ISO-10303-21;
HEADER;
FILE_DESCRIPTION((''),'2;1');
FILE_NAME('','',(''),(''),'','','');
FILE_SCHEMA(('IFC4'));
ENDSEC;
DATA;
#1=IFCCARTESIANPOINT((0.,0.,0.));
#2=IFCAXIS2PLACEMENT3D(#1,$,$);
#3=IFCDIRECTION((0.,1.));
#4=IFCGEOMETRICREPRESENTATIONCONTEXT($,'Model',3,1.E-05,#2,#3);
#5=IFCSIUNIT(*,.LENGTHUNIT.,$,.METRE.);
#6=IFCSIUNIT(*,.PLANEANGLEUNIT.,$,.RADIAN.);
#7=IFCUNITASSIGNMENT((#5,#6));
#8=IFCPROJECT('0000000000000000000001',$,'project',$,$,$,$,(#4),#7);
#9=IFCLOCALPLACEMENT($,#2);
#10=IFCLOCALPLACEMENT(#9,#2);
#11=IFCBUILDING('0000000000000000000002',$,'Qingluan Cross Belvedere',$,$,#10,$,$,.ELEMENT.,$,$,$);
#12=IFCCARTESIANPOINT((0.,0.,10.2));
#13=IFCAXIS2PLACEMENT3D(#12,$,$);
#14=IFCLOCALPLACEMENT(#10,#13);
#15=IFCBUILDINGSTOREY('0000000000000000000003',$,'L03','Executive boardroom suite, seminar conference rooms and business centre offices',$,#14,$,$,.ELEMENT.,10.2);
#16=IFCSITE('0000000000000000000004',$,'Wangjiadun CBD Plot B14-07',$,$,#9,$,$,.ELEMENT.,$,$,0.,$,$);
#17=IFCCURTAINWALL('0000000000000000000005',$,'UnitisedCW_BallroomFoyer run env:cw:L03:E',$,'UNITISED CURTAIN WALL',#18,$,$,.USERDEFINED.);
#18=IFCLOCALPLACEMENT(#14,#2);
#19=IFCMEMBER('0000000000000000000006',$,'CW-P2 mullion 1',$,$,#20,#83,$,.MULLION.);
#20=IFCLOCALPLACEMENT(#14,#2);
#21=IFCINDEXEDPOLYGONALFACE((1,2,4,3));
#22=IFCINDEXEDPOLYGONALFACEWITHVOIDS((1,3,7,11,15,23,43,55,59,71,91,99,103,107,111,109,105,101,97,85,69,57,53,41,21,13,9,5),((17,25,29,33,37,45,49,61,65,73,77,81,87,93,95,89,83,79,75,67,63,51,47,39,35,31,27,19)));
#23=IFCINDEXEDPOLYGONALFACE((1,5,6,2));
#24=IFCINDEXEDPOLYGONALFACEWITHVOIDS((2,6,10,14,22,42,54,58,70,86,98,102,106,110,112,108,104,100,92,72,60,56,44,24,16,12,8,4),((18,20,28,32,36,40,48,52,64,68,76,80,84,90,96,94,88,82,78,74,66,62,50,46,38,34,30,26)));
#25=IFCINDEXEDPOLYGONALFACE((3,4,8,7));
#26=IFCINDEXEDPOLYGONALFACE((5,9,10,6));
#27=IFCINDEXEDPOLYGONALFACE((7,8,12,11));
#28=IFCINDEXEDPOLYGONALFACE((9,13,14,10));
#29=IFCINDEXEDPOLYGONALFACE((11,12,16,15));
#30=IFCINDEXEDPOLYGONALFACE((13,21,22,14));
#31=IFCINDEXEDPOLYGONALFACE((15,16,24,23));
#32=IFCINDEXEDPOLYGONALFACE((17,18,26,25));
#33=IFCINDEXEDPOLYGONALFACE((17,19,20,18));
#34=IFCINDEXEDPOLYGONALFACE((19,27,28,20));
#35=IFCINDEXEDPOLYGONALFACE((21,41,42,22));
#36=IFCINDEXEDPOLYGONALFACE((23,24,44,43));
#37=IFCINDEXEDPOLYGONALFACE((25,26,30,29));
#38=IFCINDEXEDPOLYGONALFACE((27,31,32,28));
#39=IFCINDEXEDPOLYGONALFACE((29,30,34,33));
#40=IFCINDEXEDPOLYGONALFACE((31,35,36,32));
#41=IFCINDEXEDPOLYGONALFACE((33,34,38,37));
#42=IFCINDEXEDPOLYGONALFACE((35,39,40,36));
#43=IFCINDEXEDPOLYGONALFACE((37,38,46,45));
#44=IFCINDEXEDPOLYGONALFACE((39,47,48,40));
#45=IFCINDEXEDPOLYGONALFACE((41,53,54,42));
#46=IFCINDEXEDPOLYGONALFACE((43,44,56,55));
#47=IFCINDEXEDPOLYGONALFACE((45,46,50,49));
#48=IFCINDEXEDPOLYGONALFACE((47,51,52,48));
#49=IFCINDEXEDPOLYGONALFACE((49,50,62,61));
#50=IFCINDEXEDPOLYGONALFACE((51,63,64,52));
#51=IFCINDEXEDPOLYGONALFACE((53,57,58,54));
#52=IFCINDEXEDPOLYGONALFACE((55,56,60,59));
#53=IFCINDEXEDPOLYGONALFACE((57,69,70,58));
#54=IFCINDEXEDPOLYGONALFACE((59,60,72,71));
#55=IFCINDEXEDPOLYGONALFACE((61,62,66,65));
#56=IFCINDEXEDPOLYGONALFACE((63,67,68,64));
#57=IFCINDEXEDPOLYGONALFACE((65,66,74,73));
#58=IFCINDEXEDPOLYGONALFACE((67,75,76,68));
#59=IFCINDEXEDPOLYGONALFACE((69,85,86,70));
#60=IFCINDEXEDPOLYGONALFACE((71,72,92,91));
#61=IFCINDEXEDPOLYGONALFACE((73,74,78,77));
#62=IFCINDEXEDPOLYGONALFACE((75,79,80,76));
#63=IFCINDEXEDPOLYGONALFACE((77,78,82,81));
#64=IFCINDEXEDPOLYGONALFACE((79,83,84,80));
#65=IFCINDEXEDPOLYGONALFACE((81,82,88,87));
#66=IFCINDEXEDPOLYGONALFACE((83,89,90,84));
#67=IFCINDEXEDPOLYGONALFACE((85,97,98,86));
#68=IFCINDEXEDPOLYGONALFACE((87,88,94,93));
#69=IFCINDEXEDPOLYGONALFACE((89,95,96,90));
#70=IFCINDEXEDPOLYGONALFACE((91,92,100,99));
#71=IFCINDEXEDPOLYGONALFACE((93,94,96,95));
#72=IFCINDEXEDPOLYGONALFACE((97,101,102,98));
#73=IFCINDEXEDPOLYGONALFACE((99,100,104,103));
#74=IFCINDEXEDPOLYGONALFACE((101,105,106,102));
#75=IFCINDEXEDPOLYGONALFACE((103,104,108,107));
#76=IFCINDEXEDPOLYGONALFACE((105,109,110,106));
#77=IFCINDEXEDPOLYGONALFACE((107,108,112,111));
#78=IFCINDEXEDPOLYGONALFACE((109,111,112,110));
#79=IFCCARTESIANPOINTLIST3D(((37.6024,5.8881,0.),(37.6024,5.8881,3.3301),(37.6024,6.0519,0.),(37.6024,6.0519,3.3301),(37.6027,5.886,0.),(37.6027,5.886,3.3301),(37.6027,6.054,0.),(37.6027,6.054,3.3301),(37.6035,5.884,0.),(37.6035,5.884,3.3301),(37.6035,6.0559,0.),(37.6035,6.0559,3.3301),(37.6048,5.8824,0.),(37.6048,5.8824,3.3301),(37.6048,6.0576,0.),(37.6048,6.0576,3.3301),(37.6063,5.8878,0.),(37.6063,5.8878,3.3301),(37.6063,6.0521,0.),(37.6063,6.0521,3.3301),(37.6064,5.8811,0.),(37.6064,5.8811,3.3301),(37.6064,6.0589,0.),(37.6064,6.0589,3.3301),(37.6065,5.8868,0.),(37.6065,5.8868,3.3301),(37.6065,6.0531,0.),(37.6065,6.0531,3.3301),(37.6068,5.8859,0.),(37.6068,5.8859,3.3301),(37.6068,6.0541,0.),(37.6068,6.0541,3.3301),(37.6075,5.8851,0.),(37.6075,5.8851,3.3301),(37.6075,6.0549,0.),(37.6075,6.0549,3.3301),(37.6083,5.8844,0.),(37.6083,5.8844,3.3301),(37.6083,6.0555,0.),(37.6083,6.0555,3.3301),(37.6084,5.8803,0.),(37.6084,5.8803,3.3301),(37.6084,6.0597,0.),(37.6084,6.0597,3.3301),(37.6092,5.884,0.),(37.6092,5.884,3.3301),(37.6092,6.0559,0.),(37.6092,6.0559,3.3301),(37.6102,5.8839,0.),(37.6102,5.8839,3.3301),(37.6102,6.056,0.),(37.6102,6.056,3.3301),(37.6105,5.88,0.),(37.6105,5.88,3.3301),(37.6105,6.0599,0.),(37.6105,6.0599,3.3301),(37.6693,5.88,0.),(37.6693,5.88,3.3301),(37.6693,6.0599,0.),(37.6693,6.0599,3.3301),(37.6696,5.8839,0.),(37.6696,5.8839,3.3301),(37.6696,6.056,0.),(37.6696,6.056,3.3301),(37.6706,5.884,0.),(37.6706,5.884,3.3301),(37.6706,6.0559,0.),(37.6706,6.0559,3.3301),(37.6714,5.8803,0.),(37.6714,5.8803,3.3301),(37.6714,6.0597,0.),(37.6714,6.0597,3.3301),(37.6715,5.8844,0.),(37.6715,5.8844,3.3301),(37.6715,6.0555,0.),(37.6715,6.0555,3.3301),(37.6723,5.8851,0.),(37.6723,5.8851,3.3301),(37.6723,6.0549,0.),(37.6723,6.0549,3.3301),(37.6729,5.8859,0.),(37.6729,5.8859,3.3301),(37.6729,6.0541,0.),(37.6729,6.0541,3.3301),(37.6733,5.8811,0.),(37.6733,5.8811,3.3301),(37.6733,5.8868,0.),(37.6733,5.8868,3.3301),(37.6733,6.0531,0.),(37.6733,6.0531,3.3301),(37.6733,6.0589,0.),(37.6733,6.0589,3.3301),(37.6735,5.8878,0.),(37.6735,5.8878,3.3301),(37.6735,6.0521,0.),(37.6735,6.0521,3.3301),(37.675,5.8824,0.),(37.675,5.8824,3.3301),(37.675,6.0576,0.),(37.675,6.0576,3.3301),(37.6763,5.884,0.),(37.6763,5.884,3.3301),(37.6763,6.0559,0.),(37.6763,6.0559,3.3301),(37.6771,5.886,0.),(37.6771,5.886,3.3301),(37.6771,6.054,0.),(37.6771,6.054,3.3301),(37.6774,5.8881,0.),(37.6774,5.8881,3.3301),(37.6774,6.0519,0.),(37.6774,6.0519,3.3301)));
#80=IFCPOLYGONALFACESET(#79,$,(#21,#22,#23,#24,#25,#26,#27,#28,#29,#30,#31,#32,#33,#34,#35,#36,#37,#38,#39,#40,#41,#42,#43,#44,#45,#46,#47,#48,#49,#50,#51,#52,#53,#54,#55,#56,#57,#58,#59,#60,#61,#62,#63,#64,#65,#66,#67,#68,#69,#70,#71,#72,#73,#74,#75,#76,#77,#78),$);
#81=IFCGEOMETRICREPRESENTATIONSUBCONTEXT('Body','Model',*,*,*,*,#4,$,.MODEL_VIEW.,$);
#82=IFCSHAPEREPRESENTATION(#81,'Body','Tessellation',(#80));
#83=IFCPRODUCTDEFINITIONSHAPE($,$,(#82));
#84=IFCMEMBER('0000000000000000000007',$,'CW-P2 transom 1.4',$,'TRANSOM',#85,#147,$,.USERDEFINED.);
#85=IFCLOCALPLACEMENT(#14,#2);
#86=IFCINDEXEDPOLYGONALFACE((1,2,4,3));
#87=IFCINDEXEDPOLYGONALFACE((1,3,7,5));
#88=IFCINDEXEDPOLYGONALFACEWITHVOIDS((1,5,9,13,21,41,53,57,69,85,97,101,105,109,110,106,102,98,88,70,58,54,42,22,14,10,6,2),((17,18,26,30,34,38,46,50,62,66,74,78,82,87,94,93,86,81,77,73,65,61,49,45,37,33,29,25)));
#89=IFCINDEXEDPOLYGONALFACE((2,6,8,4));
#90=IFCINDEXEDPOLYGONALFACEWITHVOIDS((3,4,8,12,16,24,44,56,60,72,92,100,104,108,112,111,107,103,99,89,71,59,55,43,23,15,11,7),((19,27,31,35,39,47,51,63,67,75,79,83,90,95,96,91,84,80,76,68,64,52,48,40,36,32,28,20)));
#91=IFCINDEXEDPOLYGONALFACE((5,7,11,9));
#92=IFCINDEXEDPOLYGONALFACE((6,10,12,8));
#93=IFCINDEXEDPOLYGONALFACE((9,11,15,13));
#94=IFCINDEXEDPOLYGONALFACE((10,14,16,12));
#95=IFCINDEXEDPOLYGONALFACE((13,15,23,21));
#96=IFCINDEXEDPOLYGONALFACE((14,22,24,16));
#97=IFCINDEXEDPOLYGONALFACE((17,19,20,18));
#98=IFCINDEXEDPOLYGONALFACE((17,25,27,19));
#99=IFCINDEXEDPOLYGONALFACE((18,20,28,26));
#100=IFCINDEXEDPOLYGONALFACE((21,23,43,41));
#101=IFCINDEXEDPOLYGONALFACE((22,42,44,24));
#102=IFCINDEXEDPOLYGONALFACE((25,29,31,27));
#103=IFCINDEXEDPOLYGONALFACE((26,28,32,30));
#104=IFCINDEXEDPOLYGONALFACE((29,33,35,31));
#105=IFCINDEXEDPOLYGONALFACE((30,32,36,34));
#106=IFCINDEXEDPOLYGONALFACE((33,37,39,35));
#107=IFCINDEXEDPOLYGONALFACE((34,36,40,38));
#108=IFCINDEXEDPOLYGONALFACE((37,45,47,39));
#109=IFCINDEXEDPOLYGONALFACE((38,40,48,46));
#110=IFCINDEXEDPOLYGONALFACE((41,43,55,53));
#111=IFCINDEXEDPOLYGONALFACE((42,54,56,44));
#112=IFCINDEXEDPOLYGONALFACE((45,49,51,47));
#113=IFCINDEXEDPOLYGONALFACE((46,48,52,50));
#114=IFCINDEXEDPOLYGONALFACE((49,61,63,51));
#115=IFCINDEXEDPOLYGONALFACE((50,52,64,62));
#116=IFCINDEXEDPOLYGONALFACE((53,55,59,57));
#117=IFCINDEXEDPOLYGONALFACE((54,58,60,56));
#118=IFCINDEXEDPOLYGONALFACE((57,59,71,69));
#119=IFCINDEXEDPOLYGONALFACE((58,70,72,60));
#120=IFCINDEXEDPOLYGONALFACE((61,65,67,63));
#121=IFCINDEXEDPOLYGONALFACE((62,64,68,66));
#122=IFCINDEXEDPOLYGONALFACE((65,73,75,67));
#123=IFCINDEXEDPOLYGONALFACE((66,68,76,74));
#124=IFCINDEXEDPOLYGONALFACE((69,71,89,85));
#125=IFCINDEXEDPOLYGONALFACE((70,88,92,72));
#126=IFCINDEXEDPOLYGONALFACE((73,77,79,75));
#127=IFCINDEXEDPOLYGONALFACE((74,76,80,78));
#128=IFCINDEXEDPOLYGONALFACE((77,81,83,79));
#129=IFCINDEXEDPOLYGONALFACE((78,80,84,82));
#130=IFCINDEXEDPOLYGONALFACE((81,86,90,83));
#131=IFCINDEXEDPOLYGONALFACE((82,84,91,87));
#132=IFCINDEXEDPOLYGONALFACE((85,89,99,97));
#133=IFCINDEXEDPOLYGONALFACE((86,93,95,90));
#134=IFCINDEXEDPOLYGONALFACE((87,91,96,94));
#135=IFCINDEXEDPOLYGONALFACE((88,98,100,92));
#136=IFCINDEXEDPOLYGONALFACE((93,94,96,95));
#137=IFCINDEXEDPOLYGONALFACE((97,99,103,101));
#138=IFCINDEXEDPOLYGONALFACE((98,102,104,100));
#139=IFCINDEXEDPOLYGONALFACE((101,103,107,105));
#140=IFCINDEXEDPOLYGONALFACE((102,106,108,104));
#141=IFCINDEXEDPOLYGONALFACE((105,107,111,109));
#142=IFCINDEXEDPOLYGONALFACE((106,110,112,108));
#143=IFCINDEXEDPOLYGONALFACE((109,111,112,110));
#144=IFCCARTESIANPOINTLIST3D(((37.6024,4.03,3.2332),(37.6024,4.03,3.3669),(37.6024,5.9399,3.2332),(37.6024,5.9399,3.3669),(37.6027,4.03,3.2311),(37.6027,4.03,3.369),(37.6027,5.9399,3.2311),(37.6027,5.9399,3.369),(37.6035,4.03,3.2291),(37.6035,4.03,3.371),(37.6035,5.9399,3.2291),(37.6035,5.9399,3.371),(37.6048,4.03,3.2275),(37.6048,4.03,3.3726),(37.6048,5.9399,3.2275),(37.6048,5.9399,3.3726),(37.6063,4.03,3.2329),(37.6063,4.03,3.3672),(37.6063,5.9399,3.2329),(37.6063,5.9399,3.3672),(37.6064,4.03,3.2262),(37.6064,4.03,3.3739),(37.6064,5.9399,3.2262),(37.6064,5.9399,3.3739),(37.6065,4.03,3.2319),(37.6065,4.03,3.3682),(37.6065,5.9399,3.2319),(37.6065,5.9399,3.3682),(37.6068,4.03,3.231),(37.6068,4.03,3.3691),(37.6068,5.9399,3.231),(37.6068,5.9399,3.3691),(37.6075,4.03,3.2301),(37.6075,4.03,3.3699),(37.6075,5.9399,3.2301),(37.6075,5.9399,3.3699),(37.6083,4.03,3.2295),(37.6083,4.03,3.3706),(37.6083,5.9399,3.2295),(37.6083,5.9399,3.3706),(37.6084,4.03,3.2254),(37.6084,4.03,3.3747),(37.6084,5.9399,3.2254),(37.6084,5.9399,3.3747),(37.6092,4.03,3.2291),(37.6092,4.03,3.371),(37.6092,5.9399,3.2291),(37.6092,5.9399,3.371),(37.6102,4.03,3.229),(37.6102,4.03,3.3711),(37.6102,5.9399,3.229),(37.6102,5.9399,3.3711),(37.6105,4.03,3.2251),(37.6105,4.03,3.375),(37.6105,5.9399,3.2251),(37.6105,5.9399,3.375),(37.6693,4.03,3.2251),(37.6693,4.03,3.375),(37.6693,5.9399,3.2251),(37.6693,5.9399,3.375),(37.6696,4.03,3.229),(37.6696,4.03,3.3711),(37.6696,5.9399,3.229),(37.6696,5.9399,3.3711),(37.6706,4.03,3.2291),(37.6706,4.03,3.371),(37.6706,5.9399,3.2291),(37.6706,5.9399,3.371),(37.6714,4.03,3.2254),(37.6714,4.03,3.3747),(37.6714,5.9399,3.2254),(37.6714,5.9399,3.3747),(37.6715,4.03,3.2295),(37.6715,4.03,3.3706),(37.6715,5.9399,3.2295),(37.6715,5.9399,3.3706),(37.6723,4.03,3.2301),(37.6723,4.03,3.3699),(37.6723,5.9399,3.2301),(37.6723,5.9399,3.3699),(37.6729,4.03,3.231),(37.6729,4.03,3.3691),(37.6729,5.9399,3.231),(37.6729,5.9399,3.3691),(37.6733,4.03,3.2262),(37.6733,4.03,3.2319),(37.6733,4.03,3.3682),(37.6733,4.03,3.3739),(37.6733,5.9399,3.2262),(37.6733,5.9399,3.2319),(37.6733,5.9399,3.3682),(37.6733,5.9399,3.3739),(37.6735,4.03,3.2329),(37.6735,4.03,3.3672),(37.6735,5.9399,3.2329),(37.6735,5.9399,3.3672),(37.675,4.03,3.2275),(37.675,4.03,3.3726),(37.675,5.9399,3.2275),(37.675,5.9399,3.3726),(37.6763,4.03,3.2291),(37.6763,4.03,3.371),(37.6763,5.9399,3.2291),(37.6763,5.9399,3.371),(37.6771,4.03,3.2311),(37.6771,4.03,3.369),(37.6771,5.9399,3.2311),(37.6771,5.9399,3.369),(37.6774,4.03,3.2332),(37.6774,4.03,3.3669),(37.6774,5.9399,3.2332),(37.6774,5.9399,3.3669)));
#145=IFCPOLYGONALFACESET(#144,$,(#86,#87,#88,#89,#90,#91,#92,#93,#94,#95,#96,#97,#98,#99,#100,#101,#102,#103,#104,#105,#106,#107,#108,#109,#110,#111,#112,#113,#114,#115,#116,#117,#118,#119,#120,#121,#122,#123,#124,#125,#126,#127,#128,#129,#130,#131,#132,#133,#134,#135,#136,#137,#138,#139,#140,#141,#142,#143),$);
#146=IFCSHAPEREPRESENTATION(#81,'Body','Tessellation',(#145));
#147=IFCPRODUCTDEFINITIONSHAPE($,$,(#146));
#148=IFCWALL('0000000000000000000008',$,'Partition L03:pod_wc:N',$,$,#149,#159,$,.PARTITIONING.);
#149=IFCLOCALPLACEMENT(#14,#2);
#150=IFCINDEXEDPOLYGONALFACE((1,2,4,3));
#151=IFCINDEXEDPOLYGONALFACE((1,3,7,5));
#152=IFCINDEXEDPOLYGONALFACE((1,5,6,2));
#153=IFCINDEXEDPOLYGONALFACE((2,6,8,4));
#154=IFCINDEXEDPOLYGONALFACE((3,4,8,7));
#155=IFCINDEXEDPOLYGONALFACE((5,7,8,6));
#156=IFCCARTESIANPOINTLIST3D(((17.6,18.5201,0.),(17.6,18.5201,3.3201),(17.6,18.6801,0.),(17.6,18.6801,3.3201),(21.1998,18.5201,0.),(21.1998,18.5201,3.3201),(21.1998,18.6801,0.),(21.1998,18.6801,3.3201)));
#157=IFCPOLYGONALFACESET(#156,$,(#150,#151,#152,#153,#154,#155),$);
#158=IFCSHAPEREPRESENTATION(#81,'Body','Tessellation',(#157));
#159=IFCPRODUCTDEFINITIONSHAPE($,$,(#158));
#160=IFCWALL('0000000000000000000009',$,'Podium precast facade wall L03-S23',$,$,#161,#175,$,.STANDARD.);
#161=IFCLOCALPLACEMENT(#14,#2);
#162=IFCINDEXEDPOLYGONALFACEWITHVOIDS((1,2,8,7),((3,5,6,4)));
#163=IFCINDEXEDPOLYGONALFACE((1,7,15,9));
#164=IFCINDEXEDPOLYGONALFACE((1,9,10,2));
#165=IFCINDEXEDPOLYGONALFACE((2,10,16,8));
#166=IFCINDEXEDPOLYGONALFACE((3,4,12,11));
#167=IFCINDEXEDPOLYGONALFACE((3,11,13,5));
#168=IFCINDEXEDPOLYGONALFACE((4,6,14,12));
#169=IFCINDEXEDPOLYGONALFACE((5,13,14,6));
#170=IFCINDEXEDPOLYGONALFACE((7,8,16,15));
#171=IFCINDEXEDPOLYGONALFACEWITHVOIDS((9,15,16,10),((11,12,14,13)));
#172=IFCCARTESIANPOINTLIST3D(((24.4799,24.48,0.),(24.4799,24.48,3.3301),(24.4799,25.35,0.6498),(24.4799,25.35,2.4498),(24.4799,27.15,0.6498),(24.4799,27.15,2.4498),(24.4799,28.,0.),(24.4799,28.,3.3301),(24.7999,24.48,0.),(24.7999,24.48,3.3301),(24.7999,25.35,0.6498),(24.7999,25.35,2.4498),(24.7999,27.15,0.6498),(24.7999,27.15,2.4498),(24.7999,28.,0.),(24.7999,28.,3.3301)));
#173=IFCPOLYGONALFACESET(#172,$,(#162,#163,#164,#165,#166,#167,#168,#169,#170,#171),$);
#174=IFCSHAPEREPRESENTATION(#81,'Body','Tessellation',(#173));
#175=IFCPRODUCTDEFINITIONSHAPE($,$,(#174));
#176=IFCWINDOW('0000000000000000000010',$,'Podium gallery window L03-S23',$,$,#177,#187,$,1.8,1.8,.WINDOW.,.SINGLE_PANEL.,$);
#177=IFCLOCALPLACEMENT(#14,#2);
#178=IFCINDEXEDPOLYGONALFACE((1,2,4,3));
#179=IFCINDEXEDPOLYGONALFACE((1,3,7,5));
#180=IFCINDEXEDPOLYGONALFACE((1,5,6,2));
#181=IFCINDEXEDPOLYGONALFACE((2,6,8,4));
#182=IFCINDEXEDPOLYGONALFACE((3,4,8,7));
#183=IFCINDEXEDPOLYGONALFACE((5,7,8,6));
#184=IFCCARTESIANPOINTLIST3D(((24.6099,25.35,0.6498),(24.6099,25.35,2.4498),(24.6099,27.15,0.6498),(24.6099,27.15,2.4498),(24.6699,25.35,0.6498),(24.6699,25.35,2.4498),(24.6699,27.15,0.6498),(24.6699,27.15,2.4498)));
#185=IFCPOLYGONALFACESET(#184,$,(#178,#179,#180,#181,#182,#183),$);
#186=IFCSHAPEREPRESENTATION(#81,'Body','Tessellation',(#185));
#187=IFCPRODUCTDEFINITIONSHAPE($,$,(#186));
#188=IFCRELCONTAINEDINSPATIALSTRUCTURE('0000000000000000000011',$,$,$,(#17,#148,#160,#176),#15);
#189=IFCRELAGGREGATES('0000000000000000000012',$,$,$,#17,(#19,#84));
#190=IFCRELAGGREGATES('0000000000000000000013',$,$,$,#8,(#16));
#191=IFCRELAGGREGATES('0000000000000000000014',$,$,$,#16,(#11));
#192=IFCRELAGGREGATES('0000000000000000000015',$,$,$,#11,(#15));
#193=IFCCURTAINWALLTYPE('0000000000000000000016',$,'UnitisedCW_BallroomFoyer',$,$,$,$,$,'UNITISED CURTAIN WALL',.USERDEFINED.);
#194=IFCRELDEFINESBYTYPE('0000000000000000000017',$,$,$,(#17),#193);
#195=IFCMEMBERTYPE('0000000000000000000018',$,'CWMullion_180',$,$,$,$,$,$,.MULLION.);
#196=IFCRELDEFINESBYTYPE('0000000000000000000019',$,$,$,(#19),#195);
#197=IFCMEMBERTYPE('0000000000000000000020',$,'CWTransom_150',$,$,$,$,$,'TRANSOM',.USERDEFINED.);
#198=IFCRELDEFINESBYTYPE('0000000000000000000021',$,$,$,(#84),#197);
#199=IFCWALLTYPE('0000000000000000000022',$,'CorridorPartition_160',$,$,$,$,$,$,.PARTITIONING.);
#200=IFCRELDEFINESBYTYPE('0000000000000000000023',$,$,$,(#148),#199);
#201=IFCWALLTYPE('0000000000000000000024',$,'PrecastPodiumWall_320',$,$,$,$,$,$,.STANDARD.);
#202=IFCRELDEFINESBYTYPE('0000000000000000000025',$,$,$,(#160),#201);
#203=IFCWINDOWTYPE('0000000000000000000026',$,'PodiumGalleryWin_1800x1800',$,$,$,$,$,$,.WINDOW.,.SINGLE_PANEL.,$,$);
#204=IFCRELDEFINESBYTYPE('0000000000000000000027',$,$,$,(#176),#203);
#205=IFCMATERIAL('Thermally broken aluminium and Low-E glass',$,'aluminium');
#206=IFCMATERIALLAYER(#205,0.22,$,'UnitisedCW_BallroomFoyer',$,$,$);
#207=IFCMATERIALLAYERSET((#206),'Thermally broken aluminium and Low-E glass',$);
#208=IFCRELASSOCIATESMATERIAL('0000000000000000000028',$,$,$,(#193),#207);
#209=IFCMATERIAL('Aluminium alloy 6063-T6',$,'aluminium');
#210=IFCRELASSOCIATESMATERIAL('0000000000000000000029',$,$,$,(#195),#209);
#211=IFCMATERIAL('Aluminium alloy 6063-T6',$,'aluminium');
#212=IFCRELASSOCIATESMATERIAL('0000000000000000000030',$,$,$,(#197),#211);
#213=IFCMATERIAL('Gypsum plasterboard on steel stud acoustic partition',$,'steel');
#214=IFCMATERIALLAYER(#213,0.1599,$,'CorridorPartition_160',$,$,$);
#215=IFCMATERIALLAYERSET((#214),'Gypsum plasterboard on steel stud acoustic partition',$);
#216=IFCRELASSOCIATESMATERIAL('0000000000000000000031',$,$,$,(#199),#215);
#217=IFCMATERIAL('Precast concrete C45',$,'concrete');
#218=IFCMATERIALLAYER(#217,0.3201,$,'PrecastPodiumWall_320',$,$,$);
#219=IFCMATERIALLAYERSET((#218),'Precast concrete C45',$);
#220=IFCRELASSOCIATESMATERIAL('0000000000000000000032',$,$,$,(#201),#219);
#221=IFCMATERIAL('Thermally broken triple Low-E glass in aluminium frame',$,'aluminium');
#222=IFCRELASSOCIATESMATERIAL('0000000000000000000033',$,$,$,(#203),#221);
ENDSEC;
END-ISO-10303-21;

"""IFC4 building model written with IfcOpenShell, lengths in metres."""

from ifc_helpers import new_model, si_unit, direction, frame, frame_2d, origin, origin_2d, place, context, subcontext, project, spatial, rectangle, hollow_rectangle, extrude, material, layer, layer_set, material_profile, profile_set, type_object, element, fill, aggregate, save


model = new_model("IFC4")

# Units and contexts
model_context = context("Model", 3, precision=1e-05, world=origin(), true_north=direction((0.0, 1.0)))
body_context = subcontext(model_context, "Body", "Model", "MODEL_VIEW")
ifc_project = project(units=[si_unit("LENGTHUNIT", "METRE"), si_unit("PLANEANGLEUNIT", "RADIAN")], contexts=[model_context])

# Site, building, storey
site_placement = place(None, origin())
site = spatial("IfcSite", under=ifc_project, at=site_placement, Name="Wangjiadun CBD Plot B14-07", CompositionType="ELEMENT", RefElevation=0.0)
building_placement = place(site_placement, origin())
building = spatial("IfcBuilding", under=site, at=building_placement, Name="Qingluan Cross Belvedere", CompositionType="ELEMENT")
storey_placement = place(building_placement, frame((0.0, 0.0, 10.2)))
storey = spatial("IfcBuildingStorey", under=building, at=storey_placement, Name="L03", Description="Executive boardroom suite, seminar conference rooms and business centre offices", CompositionType="ELEMENT", Elevation=10.2)

# Curtain wall, members
ifc_material_1 = material(Name="Thermally broken aluminium and Low-E glass", Category="aluminium")
ifc_layer_1 = layer(ifc_material_1, 0.22, Name="UnitisedCW_BallroomFoyer")
ifc_layer_set_1 = layer_set([ifc_layer_1], Name="Thermally broken aluminium and Low-E glass")
curtain_wall_type = type_object("IfcCurtainWallType", Name="UnitisedCW_BallroomFoyer", ElementType="UNITISED CURTAIN WALL", PredefinedType="USERDEFINED", material=ifc_layer_set_1)
curtain_wall_placement = place(storey_placement, origin())
curtain_wall = element("IfcCurtainWall", 1, at=curtain_wall_placement, inside=storey, type_object=curtain_wall_type, Name="UnitisedCW_BallroomFoyer run env:cw:L03:E", ObjectType="UNITISED CURTAIN WALL", PredefinedType="USERDEFINED")
ifc_material_2 = material(Name="Aluminium alloy 6063-T6", Category="aluminium")
ifc_material_profile_1 = material_profile(ifc_material_2, hollow_rectangle(XDim=0.075, YDim=0.1799, WallThickness=0.0039, InnerFilletRadius=0.0039, OuterFilletRadius=0.0081, at=origin_2d()), Name="CWM180x75x4")
ifc_profile_set_1 = profile_set([ifc_material_profile_1], Name="Aluminium alloy 6063-T6")
member_type_1 = type_object("IfcMemberType", Name="CWMullion_180", PredefinedType="MULLION", material=ifc_profile_set_1)
member_1_placement = place(storey_placement, frame((37.6399, 5.97, 0.0), z_axis=(0.0, 0.0, 1.0), x_axis=(1.0, 0.0, 0.0)))
member_1 = element("IfcMember", 2, at=member_1_placement, type_object=member_type_1, Name="CW-P2 mullion 1", PredefinedType="MULLION", context=body_context, shape_type="SweptSolid", body=[
    extrude(hollow_rectangle(XDim=0.075, YDim=0.1799, WallThickness=0.0039, InnerFilletRadius=0.0039, OuterFilletRadius=0.0081, at=origin_2d()), origin(), (0.0, 0.0, 1.0), 3.3301),
])
ifc_material_3 = material(Name="Aluminium alloy 6063-T6", Category="aluminium")
ifc_material_profile_2 = material_profile(ifc_material_3, hollow_rectangle(XDim=0.075, YDim=0.1499, WallThickness=0.0039, InnerFilletRadius=0.0039, OuterFilletRadius=0.0081, at=origin_2d()), Name="CWT150x75x4")
ifc_profile_set_2 = profile_set([ifc_material_profile_2], Name="Aluminium alloy 6063-T6")
member_type_2 = type_object("IfcMemberType", Name="CWTransom_150", ElementType="TRANSOM", PredefinedType="USERDEFINED", material=ifc_profile_set_2)
member_2_placement = place(storey_placement, frame((37.6399, 5.9399, 3.3), z_axis=(0.0, -1.0, 0.0), x_axis=(1.0, 0.0, 0.0)))
member_2 = element("IfcMember", 3, at=member_2_placement, type_object=member_type_2, Name="CW-P2 transom 1.4", ObjectType="TRANSOM", PredefinedType="USERDEFINED", context=body_context, shape_type="SweptSolid", body=[
    extrude(hollow_rectangle(XDim=0.075, YDim=0.1499, WallThickness=0.0039, InnerFilletRadius=0.0039, OuterFilletRadius=0.0081, at=origin_2d()), origin(), (0.0, 0.0, 1.0), 1.9099),
])
aggregate(curtain_wall, [member_1, member_2])

# Shared definitions
ifc_material_4 = material(Name="Gypsum plasterboard on steel stud acoustic partition", Category="steel")
ifc_layer_2 = layer(ifc_material_4, 0.1599, Name="CorridorPartition_160")
ifc_layer_set_2 = layer_set([ifc_layer_2], Name="Gypsum plasterboard on steel stud acoustic partition")
wall_type_1 = type_object("IfcWallType", Name="CorridorPartition_160", PredefinedType="PARTITIONING", material=ifc_layer_set_2)

# Wall
wall_1_placement = place(storey_placement, frame((17.6001, 18.6001, 0.0), z_axis=(0.0, 0.0, 1.0), x_axis=(1.0, 0.0, 0.0)))
element("IfcWall", 4, at=wall_1_placement, inside=storey, type_object=wall_type_1, Name="Partition L03:pod_wc:N", PredefinedType="PARTITIONING", context=body_context, shape_type="SweptSolid", body=[
    extrude(rectangle(XDim=3.5999, YDim=0.1599, at=frame_2d((1.7998, 0.0))), origin(), (0.0, 0.0, 1.0), 3.3201),
])

# Wall, opening, window
ifc_material_5 = material(Name="Precast concrete C45", Category="concrete")
ifc_layer_3 = layer(ifc_material_5, 0.3201, Name="PrecastPodiumWall_320")
ifc_layer_set_3 = layer_set([ifc_layer_3], Name="Precast concrete C45")
wall_type_2 = type_object("IfcWallType", Name="PrecastPodiumWall_320", PredefinedType="STANDARD", material=ifc_layer_set_3)
wall_2_placement = place(storey_placement, frame((24.6399, 28.0, 0.0), z_axis=(0.0, 0.0, 1.0), x_axis=(0.0, -1.0, 0.0)))
wall_2 = element("IfcWall", 5, at=wall_2_placement, inside=storey, type_object=wall_type_2, Name="Podium precast facade wall L03-S23", PredefinedType="STANDARD", context=body_context, shape_type="SweptSolid", body=[
    extrude(rectangle(XDim=3.52, YDim=0.3201, at=frame_2d((1.76, 0.0))), origin(), (0.0, 0.0, 1.0), 3.3301),
])
opening_1_placement = place(wall_2_placement, frame((0.8501, 0.0, 0.6499)))
opening_1 = element("IfcOpeningElement", 6, at=opening_1_placement, cuts=wall_2, PredefinedType="OPENING", context=body_context, shape_type="SweptSolid", body=[
    extrude(rectangle(XDim=1.8, YDim=1.8, at=frame_2d((0.8999, 0.8999))), frame((0.0, 0.1699, 0.0), z_axis=(0.0, -1.0, 0.0), x_axis=(1.0, 0.0, 0.0)), (0.0, 0.0, 1.0), 0.3401),
])
ifc_material_6 = material(Name="Thermally broken triple Low-E glass in aluminium frame", Category="aluminium")
window_type = type_object("IfcWindowType", Name="PodiumGalleryWin_1800x1800", PartitioningType="SINGLE_PANEL", PredefinedType="WINDOW", material=ifc_material_6)
window_1_placement = place(opening_1_placement, origin())
window_1 = element("IfcWindow", 7, at=window_1_placement, inside=storey, type_object=window_type, Name="Podium gallery window L03-S23", OverallHeight=1.8, OverallWidth=1.8, PartitioningType="SINGLE_PANEL", PredefinedType="WINDOW", context=body_context, shape_type="SweptSolid", body=[
    extrude(rectangle(XDim=1.8, YDim=1.8, at=frame_2d((0.8999, 0.8999))), frame((0.0, 0.03, 0.0), z_axis=(0.0, -1.0, 0.0), x_axis=(1.0, 0.0, 0.0)), (0.0, 0.0, 1.0), 0.0601),
])
fill(opening_1, window_1)

save(model, "model.ifc")
